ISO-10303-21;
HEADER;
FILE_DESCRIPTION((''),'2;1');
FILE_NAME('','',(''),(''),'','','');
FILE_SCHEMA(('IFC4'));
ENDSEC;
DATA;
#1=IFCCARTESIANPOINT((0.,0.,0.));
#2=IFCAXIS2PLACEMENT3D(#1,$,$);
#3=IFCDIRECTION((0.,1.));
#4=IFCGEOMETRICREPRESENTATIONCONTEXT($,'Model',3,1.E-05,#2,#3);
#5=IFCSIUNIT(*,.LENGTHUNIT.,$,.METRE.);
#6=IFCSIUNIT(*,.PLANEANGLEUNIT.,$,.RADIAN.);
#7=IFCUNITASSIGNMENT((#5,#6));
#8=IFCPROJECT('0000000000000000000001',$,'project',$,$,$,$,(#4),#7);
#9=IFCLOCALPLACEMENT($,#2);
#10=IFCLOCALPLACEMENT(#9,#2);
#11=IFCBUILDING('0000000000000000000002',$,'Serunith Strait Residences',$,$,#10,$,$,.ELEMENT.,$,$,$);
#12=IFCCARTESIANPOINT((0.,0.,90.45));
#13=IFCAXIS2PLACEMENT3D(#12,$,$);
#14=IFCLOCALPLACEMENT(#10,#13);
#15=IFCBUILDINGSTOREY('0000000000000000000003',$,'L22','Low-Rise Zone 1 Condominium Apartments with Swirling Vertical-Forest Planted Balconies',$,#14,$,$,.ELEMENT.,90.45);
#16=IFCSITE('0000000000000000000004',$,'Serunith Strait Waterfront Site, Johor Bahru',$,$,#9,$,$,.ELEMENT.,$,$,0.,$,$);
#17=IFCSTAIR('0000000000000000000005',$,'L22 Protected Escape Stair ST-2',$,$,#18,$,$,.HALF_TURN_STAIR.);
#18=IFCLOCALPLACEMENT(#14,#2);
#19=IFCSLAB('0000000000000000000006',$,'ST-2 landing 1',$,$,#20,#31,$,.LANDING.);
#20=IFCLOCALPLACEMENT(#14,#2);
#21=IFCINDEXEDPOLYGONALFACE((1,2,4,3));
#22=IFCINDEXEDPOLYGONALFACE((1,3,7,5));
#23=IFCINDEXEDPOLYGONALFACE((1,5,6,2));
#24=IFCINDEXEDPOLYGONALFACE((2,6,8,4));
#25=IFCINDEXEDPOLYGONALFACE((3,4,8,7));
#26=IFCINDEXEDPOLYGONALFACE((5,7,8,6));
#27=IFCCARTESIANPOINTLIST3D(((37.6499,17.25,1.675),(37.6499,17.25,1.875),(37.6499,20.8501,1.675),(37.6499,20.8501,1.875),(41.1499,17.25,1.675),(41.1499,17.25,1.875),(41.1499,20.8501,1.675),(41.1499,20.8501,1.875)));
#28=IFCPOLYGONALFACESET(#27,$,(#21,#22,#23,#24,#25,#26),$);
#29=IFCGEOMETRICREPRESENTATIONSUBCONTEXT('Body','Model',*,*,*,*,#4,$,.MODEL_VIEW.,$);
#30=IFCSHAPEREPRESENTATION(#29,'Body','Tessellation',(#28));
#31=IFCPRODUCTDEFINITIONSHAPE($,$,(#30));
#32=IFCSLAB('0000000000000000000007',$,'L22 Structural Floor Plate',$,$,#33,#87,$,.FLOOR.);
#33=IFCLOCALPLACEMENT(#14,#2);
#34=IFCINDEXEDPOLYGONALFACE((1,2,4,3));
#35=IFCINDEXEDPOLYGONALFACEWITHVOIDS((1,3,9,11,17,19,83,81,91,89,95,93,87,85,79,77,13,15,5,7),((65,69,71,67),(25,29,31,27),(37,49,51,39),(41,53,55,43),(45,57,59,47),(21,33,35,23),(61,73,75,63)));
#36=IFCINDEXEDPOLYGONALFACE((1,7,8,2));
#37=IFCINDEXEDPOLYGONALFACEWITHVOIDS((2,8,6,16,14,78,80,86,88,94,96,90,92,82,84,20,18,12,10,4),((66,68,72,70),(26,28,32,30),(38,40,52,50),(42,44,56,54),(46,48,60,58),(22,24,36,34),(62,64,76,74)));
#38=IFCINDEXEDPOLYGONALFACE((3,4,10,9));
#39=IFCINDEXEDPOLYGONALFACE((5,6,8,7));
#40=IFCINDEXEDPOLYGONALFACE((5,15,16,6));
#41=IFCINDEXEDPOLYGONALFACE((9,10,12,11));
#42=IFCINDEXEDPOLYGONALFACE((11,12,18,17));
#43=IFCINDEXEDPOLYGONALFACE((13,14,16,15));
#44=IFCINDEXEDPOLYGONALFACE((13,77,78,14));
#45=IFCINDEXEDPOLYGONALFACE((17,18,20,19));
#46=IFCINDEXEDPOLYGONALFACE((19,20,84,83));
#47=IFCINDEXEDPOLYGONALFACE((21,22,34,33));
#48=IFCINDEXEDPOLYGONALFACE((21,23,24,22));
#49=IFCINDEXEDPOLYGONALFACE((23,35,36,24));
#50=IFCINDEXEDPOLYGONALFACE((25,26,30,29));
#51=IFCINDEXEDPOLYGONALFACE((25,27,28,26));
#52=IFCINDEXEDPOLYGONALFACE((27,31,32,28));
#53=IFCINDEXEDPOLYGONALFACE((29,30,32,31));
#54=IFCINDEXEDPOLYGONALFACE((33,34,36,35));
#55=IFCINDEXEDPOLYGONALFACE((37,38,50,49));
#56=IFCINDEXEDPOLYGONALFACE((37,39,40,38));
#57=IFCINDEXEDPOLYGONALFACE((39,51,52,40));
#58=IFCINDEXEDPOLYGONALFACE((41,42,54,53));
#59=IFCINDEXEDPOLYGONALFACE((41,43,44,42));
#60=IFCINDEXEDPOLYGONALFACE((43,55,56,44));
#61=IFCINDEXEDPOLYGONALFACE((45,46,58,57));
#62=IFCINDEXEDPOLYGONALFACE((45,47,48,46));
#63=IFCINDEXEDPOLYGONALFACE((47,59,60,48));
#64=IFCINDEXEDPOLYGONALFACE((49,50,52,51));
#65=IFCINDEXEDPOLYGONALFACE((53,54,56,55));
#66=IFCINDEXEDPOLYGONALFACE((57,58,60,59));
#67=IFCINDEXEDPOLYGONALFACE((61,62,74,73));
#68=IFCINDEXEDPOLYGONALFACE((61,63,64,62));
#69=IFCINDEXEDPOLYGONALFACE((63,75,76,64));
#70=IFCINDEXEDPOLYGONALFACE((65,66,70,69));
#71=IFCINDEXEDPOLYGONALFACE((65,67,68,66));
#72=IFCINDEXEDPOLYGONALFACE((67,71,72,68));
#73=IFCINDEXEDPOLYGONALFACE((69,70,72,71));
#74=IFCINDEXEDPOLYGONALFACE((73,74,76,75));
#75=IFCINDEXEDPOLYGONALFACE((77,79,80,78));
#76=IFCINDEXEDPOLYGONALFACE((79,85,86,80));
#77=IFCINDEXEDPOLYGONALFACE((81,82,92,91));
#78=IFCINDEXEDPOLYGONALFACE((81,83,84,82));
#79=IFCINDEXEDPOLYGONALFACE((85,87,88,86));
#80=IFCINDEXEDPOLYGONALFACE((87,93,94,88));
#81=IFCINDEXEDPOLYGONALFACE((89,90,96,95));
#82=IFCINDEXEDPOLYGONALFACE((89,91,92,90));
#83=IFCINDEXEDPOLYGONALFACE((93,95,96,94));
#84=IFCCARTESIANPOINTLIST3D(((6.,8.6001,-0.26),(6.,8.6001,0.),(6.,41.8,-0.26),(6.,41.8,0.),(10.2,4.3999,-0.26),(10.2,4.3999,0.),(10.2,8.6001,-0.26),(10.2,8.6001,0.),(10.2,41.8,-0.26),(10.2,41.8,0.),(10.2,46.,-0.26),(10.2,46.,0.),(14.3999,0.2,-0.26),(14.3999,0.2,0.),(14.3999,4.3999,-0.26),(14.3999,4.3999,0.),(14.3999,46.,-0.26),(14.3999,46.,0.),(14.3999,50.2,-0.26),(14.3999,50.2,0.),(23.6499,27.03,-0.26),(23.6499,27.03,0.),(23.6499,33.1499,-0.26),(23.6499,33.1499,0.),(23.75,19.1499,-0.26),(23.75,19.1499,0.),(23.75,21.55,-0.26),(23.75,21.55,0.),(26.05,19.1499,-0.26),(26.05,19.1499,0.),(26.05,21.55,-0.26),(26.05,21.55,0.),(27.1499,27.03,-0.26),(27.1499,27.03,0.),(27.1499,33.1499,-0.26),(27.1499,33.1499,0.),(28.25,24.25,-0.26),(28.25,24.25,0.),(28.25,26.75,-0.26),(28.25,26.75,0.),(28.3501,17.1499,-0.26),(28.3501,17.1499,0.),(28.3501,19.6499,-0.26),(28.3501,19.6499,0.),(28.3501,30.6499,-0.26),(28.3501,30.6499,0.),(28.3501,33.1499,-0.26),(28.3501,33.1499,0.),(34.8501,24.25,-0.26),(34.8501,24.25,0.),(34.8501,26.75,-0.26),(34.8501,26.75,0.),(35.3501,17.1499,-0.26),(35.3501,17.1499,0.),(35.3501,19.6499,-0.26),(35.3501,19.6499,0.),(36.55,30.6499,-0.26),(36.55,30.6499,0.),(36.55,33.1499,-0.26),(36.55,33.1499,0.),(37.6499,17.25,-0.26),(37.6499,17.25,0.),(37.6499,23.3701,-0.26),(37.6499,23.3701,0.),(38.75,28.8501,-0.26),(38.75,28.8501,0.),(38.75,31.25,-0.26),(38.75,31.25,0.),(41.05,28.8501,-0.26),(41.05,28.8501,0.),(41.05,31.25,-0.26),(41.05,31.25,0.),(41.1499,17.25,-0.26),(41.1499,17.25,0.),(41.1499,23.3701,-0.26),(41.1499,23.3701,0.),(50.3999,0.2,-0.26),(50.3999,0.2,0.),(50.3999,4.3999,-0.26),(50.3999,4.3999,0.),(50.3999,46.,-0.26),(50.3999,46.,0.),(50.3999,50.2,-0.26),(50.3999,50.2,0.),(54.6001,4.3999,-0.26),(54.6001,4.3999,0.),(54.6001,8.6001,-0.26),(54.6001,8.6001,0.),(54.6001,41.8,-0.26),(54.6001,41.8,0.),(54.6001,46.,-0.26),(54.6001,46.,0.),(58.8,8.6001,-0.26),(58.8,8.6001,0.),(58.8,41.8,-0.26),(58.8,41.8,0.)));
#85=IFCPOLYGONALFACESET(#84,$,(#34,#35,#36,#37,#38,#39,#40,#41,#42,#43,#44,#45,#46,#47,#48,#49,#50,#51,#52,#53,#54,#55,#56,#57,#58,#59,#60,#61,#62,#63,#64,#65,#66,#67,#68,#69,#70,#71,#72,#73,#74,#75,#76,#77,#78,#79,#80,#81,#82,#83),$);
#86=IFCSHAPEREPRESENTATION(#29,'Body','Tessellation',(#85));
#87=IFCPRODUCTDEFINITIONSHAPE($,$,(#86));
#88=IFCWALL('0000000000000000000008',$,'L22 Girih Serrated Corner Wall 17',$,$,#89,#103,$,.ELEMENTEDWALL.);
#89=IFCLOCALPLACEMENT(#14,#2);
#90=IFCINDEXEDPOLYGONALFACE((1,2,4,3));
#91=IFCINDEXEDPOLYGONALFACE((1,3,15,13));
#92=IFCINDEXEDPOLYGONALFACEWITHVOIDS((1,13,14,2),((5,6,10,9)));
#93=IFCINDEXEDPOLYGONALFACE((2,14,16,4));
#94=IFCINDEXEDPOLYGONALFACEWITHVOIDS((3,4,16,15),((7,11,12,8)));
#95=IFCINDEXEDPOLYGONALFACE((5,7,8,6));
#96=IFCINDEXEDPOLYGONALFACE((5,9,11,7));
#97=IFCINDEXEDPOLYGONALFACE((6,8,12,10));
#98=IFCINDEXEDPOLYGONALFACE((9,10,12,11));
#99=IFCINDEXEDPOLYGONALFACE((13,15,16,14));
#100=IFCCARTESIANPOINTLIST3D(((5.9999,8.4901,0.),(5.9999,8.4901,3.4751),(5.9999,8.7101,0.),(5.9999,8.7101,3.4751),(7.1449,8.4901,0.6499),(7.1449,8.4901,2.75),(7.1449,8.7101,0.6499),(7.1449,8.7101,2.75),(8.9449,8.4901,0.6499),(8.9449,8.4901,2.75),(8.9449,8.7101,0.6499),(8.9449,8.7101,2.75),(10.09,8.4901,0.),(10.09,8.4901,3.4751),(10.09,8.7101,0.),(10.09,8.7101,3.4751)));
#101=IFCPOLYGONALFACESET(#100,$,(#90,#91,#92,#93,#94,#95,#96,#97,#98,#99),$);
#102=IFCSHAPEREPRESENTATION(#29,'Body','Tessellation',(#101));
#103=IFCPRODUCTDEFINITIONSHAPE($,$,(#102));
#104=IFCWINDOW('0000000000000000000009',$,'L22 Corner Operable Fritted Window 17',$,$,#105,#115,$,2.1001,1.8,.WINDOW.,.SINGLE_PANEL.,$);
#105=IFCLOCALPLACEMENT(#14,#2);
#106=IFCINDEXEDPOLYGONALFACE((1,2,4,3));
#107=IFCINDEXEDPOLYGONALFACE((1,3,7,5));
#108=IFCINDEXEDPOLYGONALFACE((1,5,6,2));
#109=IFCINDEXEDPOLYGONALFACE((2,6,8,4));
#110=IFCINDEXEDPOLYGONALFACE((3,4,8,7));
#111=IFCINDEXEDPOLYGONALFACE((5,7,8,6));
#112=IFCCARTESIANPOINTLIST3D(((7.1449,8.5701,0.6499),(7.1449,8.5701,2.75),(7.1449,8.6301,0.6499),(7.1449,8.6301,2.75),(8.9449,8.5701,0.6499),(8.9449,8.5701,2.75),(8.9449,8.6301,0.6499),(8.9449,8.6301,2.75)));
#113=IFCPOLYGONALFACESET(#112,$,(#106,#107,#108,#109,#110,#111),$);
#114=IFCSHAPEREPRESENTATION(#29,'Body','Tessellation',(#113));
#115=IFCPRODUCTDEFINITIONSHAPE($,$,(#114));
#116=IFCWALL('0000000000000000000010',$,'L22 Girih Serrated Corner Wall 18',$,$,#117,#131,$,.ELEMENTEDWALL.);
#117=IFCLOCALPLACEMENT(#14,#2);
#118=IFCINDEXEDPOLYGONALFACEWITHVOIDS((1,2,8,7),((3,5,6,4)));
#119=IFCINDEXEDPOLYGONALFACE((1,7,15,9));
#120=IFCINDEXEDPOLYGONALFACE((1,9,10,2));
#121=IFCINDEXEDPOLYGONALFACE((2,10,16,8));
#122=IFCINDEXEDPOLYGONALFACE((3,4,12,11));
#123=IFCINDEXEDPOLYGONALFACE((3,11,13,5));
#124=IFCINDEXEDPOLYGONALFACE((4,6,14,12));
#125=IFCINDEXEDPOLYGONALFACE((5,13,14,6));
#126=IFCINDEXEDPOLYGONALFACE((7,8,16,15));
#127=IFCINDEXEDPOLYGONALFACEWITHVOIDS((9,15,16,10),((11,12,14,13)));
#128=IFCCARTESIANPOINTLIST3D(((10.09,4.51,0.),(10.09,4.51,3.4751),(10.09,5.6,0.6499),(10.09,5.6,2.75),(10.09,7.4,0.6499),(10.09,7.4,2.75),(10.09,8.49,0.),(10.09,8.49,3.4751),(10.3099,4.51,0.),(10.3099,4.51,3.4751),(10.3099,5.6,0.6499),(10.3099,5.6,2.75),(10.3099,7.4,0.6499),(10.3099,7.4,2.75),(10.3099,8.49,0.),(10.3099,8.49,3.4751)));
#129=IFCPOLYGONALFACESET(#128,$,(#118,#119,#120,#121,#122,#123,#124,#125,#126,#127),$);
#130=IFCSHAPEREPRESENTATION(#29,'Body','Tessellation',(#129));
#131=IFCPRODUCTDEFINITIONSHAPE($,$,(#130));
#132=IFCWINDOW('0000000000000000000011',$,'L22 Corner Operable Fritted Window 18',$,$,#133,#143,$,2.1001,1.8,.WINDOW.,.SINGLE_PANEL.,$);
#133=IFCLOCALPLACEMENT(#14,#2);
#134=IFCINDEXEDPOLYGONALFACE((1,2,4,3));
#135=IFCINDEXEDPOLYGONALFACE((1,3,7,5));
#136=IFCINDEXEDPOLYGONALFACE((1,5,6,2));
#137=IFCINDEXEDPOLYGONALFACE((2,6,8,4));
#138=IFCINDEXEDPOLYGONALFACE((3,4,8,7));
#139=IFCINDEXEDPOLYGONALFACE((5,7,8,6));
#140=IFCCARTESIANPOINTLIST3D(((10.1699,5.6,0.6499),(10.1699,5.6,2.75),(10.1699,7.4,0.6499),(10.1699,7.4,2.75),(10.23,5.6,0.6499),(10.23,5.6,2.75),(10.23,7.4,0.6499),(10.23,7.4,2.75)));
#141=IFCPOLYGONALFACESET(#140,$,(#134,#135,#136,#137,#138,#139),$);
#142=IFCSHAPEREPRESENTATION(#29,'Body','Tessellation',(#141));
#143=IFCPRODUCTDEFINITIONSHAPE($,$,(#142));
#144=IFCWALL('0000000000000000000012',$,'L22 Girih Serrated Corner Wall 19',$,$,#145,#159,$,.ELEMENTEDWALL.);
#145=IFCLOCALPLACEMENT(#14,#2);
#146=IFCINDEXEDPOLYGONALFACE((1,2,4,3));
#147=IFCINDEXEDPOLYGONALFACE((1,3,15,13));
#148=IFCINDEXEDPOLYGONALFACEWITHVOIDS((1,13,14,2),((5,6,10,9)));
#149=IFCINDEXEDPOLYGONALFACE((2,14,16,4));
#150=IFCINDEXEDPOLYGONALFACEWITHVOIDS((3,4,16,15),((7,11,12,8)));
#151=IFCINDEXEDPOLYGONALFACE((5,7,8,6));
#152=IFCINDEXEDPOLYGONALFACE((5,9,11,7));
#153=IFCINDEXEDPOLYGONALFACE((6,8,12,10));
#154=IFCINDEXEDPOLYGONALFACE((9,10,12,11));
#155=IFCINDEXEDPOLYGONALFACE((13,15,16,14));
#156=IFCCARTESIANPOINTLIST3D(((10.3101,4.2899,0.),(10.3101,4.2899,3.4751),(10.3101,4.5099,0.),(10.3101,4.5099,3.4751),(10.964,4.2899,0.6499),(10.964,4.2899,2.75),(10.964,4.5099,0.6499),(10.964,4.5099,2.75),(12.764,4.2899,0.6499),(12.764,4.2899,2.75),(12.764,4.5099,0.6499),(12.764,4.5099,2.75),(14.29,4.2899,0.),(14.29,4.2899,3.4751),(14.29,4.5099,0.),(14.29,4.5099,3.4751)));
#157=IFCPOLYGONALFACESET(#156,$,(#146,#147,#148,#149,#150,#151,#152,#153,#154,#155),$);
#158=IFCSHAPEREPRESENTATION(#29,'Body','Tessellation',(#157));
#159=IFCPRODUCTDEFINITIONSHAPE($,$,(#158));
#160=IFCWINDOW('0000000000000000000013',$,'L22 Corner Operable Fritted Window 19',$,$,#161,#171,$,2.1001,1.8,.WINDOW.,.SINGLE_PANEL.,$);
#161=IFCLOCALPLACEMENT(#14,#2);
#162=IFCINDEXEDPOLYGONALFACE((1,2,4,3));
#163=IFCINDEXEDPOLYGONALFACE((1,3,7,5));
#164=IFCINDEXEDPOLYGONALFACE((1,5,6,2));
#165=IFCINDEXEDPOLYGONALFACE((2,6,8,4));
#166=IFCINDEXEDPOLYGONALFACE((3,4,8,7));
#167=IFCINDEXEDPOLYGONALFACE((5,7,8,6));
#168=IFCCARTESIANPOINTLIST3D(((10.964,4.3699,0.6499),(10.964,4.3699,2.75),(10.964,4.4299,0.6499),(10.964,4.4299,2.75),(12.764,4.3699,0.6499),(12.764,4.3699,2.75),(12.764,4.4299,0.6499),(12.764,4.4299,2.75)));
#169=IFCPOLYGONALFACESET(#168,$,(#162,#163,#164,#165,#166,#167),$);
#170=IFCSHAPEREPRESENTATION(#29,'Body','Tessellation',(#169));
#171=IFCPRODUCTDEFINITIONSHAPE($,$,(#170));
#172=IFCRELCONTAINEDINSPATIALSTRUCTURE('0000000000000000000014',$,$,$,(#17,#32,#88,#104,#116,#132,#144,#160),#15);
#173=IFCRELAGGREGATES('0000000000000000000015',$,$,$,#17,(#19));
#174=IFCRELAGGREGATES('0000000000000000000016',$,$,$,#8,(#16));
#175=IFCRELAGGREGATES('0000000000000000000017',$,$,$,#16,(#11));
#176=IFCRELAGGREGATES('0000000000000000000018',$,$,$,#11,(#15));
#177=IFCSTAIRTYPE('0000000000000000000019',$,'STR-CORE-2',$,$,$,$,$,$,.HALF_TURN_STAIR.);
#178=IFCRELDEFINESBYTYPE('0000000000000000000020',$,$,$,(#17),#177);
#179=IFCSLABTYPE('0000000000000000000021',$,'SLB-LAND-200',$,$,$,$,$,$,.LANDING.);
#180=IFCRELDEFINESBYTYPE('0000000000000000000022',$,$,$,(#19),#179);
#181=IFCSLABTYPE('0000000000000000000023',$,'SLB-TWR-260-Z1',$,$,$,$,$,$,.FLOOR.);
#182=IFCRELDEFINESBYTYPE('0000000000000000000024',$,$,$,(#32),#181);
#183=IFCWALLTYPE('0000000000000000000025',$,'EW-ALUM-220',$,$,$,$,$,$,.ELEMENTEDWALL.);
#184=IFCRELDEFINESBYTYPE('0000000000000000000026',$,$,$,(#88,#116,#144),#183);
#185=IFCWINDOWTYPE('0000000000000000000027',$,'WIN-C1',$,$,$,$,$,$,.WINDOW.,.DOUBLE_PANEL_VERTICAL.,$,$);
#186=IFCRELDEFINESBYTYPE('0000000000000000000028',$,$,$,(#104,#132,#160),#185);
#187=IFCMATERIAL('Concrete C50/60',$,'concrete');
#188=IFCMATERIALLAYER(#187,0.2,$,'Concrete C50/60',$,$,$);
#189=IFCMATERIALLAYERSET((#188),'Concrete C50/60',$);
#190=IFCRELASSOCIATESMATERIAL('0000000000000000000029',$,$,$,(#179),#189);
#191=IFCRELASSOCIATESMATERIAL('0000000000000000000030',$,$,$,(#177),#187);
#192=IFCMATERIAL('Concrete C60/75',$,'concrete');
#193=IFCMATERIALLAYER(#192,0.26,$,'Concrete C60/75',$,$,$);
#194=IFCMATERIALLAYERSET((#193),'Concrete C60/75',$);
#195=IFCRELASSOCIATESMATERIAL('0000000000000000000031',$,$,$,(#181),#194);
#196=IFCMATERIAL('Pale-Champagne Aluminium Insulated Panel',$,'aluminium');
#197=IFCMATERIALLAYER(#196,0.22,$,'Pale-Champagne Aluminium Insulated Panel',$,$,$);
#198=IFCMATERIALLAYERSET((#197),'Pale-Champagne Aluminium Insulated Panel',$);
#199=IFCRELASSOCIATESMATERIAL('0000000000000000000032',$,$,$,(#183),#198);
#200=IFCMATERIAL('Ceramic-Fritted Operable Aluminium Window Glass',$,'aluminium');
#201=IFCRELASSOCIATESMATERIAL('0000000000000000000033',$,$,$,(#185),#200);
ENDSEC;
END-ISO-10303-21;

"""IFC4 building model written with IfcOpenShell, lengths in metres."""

from ifc_helpers import new_model, si_unit, direction, frame, frame_2d, origin, place, context, subcontext, project, spatial, polyline, rectangle, outline, extrude, source, transform, mapped, material, layer, layer_set, type_object, element, fill, aggregate, save


model = new_model("IFC4")

# Units and contexts
model_context = context("Model", 3, precision=1e-05, world=origin(), true_north=direction((0.0, 1.0)))
body_context = subcontext(model_context, "Body", "Model", "MODEL_VIEW")
ifc_project = project(units=[si_unit("LENGTHUNIT", "METRE"), si_unit("PLANEANGLEUNIT", "RADIAN")], contexts=[model_context])

# Site, building, storey
site_placement = place(None, origin())
site = spatial("IfcSite", under=ifc_project, at=site_placement, Name="Serunith Strait Waterfront Site, Johor Bahru", CompositionType="ELEMENT", RefElevation=0.0)
building_placement = place(site_placement, origin())
building = spatial("IfcBuilding", under=site, at=building_placement, Name="Serunith Strait Residences", CompositionType="ELEMENT")
storey_placement = place(building_placement, frame((0.0, 0.0, 90.45)))
storey = spatial("IfcBuildingStorey", under=building, at=storey_placement, Name="L22", Description="Low-Rise Zone 1 Condominium Apartments with Swirling Vertical-Forest Planted Balconies", CompositionType="ELEMENT", Elevation=90.45)

# Shared definitions
ifc_material_1 = material(Name="Concrete C50/60", Category="concrete")

# Stair, slab
ifc_layer_1 = layer(ifc_material_1, 0.2, Name="Concrete C50/60")
ifc_layer_set_1 = layer_set([ifc_layer_1], Name="Concrete C50/60")
slab_type_1 = type_object("IfcSlabType", Name="SLB-LAND-200", PredefinedType="LANDING", material=ifc_layer_set_1)
stair_type_1 = type_object("IfcStairType", Name="STR-CORE-2", PredefinedType="HALF_TURN_STAIR", material=ifc_material_1)
stair_1_placement = place(storey_placement, origin())
stair_1 = element("IfcStair", 1, at=stair_1_placement, inside=storey, type_object=stair_type_1, Name="L22 Protected Escape Stair ST-2", PredefinedType="HALF_TURN_STAIR")
slab_1_placement = place(storey_placement, frame((0.0, 0.0, 1.675)))
slab_1 = element("IfcSlab", 2, at=slab_1_placement, type_object=slab_type_1, Name="ST-2 landing 1", PredefinedType="LANDING", context=body_context, shape_type="SweptSolid", body=[
    extrude(outline(polyline([(37.6499, 20.8501), (37.6499, 17.25), (41.1499, 17.25), (41.1499, 20.8501), (37.6499, 20.8501)])), origin(), (0.0, 0.0, 1.0), 0.2),
])
aggregate(stair_1, [slab_1])

# Slab
ifc_material_2 = material(Name="Concrete C60/75", Category="concrete")
ifc_layer_2 = layer(ifc_material_2, 0.26, Name="Concrete C60/75")
ifc_layer_set_2 = layer_set([ifc_layer_2], Name="Concrete C60/75")
slab_type_2 = type_object("IfcSlabType", Name="SLB-TWR-260-Z1", PredefinedType="FLOOR", material=ifc_layer_set_2)
slab_2_placement = place(storey_placement, frame((0.0, 0.0, -0.26)))
element("IfcSlab", 3, at=slab_2_placement, inside=storey, type_object=slab_type_2, Name="L22 Structural Floor Plate", PredefinedType="FLOOR", context=body_context, shape_type="SweptSolid", body=[
    extrude(outline(polyline([(14.3999, 4.3999), (10.2, 4.3999), (10.2, 8.6001), (6.0, 8.6001), (6.0, 41.8), (10.2, 41.8), (10.2, 46.0), (14.3999, 46.0), (14.3999, 50.2), (50.3999, 50.2), (50.3999, 46.0), (54.6001, 46.0), (54.6001, 41.8), (58.8, 41.8), (58.8, 8.6001), (54.6001, 8.6001), (54.6001, 4.3999), (50.3999, 4.3999), (50.3999, 0.2), (14.3999, 0.2), (14.3999, 4.3999)]), holes=[polyline([(41.1499, 17.25), (41.1499, 23.3701), (37.6499, 23.3701), (37.6499, 17.25), (41.1499, 17.25)]), polyline([(41.05, 31.25), (38.75, 31.25), (38.75, 28.8501), (41.05, 28.8501), (41.05, 31.25)]), polyline([(36.55, 33.1499), (28.3501, 33.1499), (28.3501, 30.6499), (36.55, 30.6499), (36.55, 33.1499)]), polyline([(28.3501, 19.6499), (28.3501, 17.1499), (35.3501, 17.1499), (35.3501, 19.6499), (28.3501, 19.6499)]), polyline([(34.8501, 26.75), (28.25, 26.75), (28.25, 24.25), (34.8501, 24.25), (34.8501, 26.75)]), polyline([(23.6499, 33.1499), (23.6499, 27.03), (27.1499, 27.03), (27.1499, 33.1499), (23.6499, 33.1499)]), polyline([(26.05, 21.55), (23.75, 21.55), (23.75, 19.1499), (26.05, 19.1499), (26.05, 21.55)])]), origin(), (0.0, 0.0, 1.0), 0.26),
])

# Walls, openings, windows
ifc_material_3 = material(Name="Pale-Champagne Aluminium Insulated Panel", Category="aluminium")
ifc_layer_3 = layer(ifc_material_3, 0.22, Name="Pale-Champagne Aluminium Insulated Panel")
ifc_layer_set_3 = layer_set([ifc_layer_3], Name="Pale-Champagne Aluminium Insulated Panel")
wall_type_1 = type_object("IfcWallType", Name="EW-ALUM-220", PredefinedType="ELEMENTEDWALL", material=ifc_layer_set_3)
wall_1_placement = place(storey_placement, frame((6.0, 8.6001, 0.0), z_axis=(0.0, 0.0, 1.0), x_axis=(1.0, 0.0, 0.0)))
wall_1 = element("IfcWall", 4, at=wall_1_placement, inside=storey, type_object=wall_type_1, Name="L22 Girih Serrated Corner Wall 17", PredefinedType="ELEMENTEDWALL", context=body_context, shape_type="SweptSolid", body=[
    extrude(rectangle(XDim=4.0901, YDim=0.22, at=frame_2d((2.0449, 0.0))), origin(), (0.0, 0.0, 1.0), 3.4751),
])
opening_1_placement = place(wall_1_placement, frame((1.145, 0.0, 0.6499)))
opening_1 = element("IfcOpeningElement", 5, at=opening_1_placement, cuts=wall_1, PredefinedType="OPENING", context=body_context, shape_type="SweptSolid", body=[
    extrude(rectangle(XDim=1.8, YDim=2.1001, at=frame_2d((0.8999, 1.05))), frame((0.0, 0.1201, 0.0), z_axis=(0.0, -1.0, 0.0), x_axis=(1.0, 0.0, 0.0)), (0.0, 0.0, 1.0), 0.24),
])
ifc_material_4 = material(Name="Ceramic-Fritted Operable Aluminium Window Glass", Category="aluminium")
window_type = type_object("IfcWindowType", Name="WIN-C1", PartitioningType="DOUBLE_PANEL_VERTICAL", PredefinedType="WINDOW", material=ifc_material_4)
shared_shape_1 = source(origin(), body_context, "Body", "SweptSolid", [
    extrude(rectangle(XDim=1.8, YDim=2.1001, at=frame_2d((0.8999, 1.05))), frame((0.0, 0.03, 0.0), z_axis=(0.0, -1.0, 0.0), x_axis=(1.0, 0.0, 0.0)), (0.0, 0.0, 1.0), 0.0601),
])
window_1_placement = place(opening_1_placement, origin())
window_1 = element("IfcWindow", 6, at=window_1_placement, inside=storey, type_object=window_type, Name="L22 Corner Operable Fritted Window 17", OverallHeight=2.1001, OverallWidth=1.8, PartitioningType="SINGLE_PANEL", PredefinedType="WINDOW", context=body_context, shape_type="MappedRepresentation", body=[
    mapped(shared_shape_1, transform((0.0, 0.0, 0.0), scale=1.0)),
])
fill(opening_1, window_1)
wall_2_placement = place(storey_placement, frame((10.2, 8.49, 0.0), z_axis=(0.0, 0.0, 1.0), x_axis=(0.0, -1.0, 0.0)))
wall_2 = element("IfcWall", 7, at=wall_2_placement, inside=storey, type_object=wall_type_1, Name="L22 Girih Serrated Corner Wall 18", PredefinedType="ELEMENTEDWALL", context=body_context, shape_type="SweptSolid", body=[
    extrude(rectangle(XDim=3.98, YDim=0.22, at=frame_2d((1.99, 0.0))), origin(), (0.0, 0.0, 1.0), 3.4751),
])
opening_2_placement = place(wall_2_placement, frame((1.0901, 0.0, 0.6499)))
opening_2 = element("IfcOpeningElement", 8, at=opening_2_placement, cuts=wall_2, PredefinedType="OPENING", context=body_context, shape_type="SweptSolid", body=[
    extrude(rectangle(XDim=1.8, YDim=2.1001, at=frame_2d((0.8999, 1.05))), frame((0.0, 0.1201, 0.0), z_axis=(0.0, -1.0, 0.0), x_axis=(1.0, 0.0, 0.0)), (0.0, 0.0, 1.0), 0.24),
])
window_2_placement = place(opening_2_placement, origin())
window_2 = element("IfcWindow", 9, at=window_2_placement, inside=storey, type_object=window_type, Name="L22 Corner Operable Fritted Window 18", OverallHeight=2.1001, OverallWidth=1.8, PartitioningType="SINGLE_PANEL", PredefinedType="WINDOW", context=body_context, shape_type="MappedRepresentation", body=[
    mapped(shared_shape_1, transform((0.0, 0.0, 0.0), scale=1.0)),
])
fill(opening_2, window_2)
wall_3_placement = place(storey_placement, frame((10.3101, 4.3999, 0.0), z_axis=(0.0, 0.0, 1.0), x_axis=(1.0, 0.0, 0.0)))
wall_3 = element("IfcWall", 10, at=wall_3_placement, inside=storey, type_object=wall_type_1, Name="L22 Girih Serrated Corner Wall 19", PredefinedType="ELEMENTEDWALL", context=body_context, shape_type="SweptSolid", body=[
    extrude(rectangle(XDim=3.98, YDim=0.22, at=frame_2d((1.99, 0.0))), origin(), (0.0, 0.0, 1.0), 3.4751),
])
opening_3_placement = place(wall_3_placement, frame((0.6541, 0.0, 0.6499)))
opening_3 = element("IfcOpeningElement", 11, at=opening_3_placement, cuts=wall_3, PredefinedType="OPENING", context=body_context, shape_type="SweptSolid", body=[
    extrude(rectangle(XDim=1.8, YDim=2.1001, at=frame_2d((0.8999, 1.05))), frame((0.0, 0.1201, 0.0), z_axis=(0.0, -1.0, 0.0), x_axis=(1.0, 0.0, 0.0)), (0.0, 0.0, 1.0), 0.24),
])
window_3_placement = place(opening_3_placement, origin())
window_3 = element("IfcWindow", 12, at=window_3_placement, inside=storey, type_object=window_type, Name="L22 Corner Operable Fritted Window 19", OverallHeight=2.1001, OverallWidth=1.8, PartitioningType="SINGLE_PANEL", PredefinedType="WINDOW", context=body_context, shape_type="MappedRepresentation", body=[
    mapped(shared_shape_1, transform((0.0, 0.0, 0.0), scale=1.0)),
])
fill(opening_3, window_3)

save(model, "model.ifc")
